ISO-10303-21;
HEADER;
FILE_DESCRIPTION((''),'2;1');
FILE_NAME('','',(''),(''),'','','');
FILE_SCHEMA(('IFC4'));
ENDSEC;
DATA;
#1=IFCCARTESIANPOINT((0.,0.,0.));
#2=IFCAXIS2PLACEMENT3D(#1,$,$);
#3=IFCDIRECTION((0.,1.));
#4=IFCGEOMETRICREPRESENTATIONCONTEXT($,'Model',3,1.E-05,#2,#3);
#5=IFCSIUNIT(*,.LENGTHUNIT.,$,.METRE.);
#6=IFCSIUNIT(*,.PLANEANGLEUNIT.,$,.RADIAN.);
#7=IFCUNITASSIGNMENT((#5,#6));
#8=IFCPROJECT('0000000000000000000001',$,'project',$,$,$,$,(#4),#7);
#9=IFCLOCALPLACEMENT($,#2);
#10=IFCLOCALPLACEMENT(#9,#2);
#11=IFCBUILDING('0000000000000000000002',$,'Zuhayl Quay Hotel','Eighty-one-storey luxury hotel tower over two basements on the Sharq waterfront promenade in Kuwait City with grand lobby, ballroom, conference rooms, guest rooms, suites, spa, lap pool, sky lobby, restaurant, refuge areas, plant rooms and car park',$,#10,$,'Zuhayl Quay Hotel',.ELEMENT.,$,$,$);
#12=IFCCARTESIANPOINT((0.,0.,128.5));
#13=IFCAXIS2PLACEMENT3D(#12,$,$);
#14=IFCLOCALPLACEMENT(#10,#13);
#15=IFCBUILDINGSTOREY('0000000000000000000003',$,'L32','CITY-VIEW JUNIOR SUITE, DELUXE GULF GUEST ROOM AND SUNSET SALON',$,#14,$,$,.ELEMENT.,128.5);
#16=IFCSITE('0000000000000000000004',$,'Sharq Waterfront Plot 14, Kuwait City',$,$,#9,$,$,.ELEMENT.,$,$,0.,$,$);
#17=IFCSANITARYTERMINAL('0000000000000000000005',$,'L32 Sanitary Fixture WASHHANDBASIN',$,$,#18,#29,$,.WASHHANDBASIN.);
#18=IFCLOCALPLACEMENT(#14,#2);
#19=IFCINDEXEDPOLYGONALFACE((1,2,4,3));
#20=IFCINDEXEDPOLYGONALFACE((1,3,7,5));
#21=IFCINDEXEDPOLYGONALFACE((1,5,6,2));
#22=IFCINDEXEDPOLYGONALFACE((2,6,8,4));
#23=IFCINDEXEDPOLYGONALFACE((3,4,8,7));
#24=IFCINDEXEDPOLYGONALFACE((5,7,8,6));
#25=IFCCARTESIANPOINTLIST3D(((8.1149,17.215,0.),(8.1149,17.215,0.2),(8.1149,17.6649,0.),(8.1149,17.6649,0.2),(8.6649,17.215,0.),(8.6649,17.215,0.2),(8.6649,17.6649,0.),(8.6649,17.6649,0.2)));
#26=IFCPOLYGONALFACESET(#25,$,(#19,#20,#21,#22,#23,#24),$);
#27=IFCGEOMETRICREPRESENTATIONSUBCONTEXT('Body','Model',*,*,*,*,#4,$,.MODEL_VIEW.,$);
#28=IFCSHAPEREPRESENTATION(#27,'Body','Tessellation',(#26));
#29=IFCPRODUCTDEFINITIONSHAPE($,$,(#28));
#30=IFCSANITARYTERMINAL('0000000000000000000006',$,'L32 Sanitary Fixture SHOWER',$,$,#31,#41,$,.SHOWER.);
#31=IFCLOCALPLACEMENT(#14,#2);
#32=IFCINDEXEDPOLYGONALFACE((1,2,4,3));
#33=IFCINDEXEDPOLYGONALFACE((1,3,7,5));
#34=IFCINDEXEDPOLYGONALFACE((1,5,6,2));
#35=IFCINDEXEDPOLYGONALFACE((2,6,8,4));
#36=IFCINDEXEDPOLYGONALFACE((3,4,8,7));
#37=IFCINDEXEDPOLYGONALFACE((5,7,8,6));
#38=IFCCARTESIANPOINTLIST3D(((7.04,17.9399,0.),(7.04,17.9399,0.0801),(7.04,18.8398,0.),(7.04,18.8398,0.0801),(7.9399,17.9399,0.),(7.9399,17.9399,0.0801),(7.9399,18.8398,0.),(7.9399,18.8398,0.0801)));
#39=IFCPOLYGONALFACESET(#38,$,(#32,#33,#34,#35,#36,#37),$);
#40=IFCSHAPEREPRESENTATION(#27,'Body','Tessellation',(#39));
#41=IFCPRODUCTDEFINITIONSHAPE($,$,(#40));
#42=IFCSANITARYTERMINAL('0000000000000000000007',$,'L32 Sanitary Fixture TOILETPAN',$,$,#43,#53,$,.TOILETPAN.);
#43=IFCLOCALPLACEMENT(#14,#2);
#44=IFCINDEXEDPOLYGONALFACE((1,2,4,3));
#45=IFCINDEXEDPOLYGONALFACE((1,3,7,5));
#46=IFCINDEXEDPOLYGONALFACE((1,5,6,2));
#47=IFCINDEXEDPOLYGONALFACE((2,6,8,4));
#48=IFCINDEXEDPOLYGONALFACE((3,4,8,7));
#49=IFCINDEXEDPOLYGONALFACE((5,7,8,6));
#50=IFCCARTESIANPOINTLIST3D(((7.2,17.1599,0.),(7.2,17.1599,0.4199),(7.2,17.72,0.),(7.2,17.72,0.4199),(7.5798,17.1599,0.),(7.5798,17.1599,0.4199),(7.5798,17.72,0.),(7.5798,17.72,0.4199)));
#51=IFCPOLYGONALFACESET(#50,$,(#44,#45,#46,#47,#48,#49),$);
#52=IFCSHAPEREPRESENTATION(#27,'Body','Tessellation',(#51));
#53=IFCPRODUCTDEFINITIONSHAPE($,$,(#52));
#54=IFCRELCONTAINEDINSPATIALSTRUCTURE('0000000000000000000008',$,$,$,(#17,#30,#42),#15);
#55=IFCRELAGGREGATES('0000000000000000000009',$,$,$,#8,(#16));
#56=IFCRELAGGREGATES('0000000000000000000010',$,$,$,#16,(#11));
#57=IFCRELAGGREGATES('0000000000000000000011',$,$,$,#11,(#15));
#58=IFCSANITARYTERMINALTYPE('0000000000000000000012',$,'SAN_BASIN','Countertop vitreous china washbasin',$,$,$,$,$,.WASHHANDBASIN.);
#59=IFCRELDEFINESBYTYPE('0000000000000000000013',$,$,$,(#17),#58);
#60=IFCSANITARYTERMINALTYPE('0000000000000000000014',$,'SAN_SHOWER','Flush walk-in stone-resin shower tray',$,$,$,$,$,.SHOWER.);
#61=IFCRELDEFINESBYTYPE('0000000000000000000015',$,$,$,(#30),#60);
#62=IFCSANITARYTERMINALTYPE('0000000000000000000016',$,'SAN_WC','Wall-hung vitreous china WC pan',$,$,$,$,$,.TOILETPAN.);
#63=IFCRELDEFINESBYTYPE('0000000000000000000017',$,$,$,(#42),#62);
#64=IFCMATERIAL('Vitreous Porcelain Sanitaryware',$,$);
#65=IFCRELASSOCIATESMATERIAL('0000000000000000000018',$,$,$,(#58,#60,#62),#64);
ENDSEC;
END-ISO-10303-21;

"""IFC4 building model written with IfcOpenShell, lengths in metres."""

from ifc_helpers import new_model, si_unit, direction, frame, origin, origin_2d, place, context, subcontext, project, spatial, rectangle, extrude, material, type_object, element, save


model = new_model("IFC4")

# Units and contexts
model_context = context("Model", 3, precision=1e-05, world=origin(), true_north=direction((0.0, 1.0)))
body_context = subcontext(model_context, "Body", "Model", "MODEL_VIEW")
ifc_project = project(units=[si_unit("LENGTHUNIT", "METRE"), si_unit("PLANEANGLEUNIT", "RADIAN")], contexts=[model_context])

# Site, building, storey
site_placement = place(None, origin())
site = spatial("IfcSite", under=ifc_project, at=site_placement, Name="Sharq Waterfront Plot 14, Kuwait City", CompositionType="ELEMENT", RefElevation=0.0)
building_placement = place(site_placement, origin())
building = spatial("IfcBuilding", under=site, at=building_placement, Name="Zuhayl Quay Hotel", Description="Eighty-one-storey luxury hotel tower over two basements on the Sharq waterfront promenade in Kuwait City with grand lobby, ballroom, conference rooms, guest rooms, suites, spa, lap pool, sky lobby, restaurant, refuge areas, plant rooms and car park", LongName="Zuhayl Quay Hotel", CompositionType="ELEMENT")
storey_placement = place(building_placement, frame((0.0, 0.0, 128.5)))
storey = spatial("IfcBuildingStorey", under=building, at=storey_placement, Name="L32", Description="CITY-VIEW JUNIOR SUITE, DELUXE GULF GUEST ROOM AND SUNSET SALON", CompositionType="ELEMENT", Elevation=128.5)

# Sanitary terminals
ifc_material_1 = material(Name="Vitreous Porcelain Sanitaryware")
sanitary_terminal_type_1 = type_object("IfcSanitaryTerminalType", Name="SAN_BASIN", Description="Countertop vitreous china washbasin", PredefinedType="WASHHANDBASIN", material=ifc_material_1)
sanitary_terminal_1_placement = place(storey_placement, frame((8.3899, 17.4399, 0.0), z_axis=(0.0, 0.0, 1.0), x_axis=(1.0, 0.0, 0.0)))
element("IfcSanitaryTerminal", 1, at=sanitary_terminal_1_placement, inside=storey, type_object=sanitary_terminal_type_1, Name="L32 Sanitary Fixture WASHHANDBASIN", PredefinedType="WASHHANDBASIN", context=body_context, shape_type="SweptSolid", body=[
    extrude(rectangle(XDim=0.55, YDim=0.45, at=origin_2d()), origin(), (0.0, 0.0, 1.0), 0.2),
])
sanitary_terminal_type_2 = type_object("IfcSanitaryTerminalType", Name="SAN_SHOWER", Description="Flush walk-in stone-resin shower tray", PredefinedType="SHOWER", material=ifc_material_1)
sanitary_terminal_2_placement = place(storey_placement, frame((7.49, 18.3899, 0.0), z_axis=(0.0, 0.0, 1.0), x_axis=(1.0, 0.0, 0.0)))
element("IfcSanitaryTerminal", 2, at=sanitary_terminal_2_placement, inside=storey, type_object=sanitary_terminal_type_2, Name="L32 Sanitary Fixture SHOWER", PredefinedType="SHOWER", context=body_context, shape_type="SweptSolid", body=[
    extrude(rectangle(XDim=0.8999, YDim=0.8999, at=origin_2d()), origin(), (0.0, 0.0, 1.0), 0.0801),
])
sanitary_terminal_type_3 = type_object("IfcSanitaryTerminalType", Name="SAN_WC", Description="Wall-hung vitreous china WC pan", PredefinedType="TOILETPAN", material=ifc_material_1)
sanitary_terminal_3_placement = place(storey_placement, frame((7.3899, 17.4399, 0.0), z_axis=(0.0, 0.0, 1.0), x_axis=(1.0, 0.0, 0.0)))
element("IfcSanitaryTerminal", 3, at=sanitary_terminal_3_placement, inside=storey, type_object=sanitary_terminal_type_3, Name="L32 Sanitary Fixture TOILETPAN", PredefinedType="TOILETPAN", context=body_context, shape_type="SweptSolid", body=[
    extrude(rectangle(XDim=0.3799, YDim=0.5601, at=origin_2d()), origin(), (0.0, 0.0, 1.0), 0.4199),
])

save(model, "model.ifc")
